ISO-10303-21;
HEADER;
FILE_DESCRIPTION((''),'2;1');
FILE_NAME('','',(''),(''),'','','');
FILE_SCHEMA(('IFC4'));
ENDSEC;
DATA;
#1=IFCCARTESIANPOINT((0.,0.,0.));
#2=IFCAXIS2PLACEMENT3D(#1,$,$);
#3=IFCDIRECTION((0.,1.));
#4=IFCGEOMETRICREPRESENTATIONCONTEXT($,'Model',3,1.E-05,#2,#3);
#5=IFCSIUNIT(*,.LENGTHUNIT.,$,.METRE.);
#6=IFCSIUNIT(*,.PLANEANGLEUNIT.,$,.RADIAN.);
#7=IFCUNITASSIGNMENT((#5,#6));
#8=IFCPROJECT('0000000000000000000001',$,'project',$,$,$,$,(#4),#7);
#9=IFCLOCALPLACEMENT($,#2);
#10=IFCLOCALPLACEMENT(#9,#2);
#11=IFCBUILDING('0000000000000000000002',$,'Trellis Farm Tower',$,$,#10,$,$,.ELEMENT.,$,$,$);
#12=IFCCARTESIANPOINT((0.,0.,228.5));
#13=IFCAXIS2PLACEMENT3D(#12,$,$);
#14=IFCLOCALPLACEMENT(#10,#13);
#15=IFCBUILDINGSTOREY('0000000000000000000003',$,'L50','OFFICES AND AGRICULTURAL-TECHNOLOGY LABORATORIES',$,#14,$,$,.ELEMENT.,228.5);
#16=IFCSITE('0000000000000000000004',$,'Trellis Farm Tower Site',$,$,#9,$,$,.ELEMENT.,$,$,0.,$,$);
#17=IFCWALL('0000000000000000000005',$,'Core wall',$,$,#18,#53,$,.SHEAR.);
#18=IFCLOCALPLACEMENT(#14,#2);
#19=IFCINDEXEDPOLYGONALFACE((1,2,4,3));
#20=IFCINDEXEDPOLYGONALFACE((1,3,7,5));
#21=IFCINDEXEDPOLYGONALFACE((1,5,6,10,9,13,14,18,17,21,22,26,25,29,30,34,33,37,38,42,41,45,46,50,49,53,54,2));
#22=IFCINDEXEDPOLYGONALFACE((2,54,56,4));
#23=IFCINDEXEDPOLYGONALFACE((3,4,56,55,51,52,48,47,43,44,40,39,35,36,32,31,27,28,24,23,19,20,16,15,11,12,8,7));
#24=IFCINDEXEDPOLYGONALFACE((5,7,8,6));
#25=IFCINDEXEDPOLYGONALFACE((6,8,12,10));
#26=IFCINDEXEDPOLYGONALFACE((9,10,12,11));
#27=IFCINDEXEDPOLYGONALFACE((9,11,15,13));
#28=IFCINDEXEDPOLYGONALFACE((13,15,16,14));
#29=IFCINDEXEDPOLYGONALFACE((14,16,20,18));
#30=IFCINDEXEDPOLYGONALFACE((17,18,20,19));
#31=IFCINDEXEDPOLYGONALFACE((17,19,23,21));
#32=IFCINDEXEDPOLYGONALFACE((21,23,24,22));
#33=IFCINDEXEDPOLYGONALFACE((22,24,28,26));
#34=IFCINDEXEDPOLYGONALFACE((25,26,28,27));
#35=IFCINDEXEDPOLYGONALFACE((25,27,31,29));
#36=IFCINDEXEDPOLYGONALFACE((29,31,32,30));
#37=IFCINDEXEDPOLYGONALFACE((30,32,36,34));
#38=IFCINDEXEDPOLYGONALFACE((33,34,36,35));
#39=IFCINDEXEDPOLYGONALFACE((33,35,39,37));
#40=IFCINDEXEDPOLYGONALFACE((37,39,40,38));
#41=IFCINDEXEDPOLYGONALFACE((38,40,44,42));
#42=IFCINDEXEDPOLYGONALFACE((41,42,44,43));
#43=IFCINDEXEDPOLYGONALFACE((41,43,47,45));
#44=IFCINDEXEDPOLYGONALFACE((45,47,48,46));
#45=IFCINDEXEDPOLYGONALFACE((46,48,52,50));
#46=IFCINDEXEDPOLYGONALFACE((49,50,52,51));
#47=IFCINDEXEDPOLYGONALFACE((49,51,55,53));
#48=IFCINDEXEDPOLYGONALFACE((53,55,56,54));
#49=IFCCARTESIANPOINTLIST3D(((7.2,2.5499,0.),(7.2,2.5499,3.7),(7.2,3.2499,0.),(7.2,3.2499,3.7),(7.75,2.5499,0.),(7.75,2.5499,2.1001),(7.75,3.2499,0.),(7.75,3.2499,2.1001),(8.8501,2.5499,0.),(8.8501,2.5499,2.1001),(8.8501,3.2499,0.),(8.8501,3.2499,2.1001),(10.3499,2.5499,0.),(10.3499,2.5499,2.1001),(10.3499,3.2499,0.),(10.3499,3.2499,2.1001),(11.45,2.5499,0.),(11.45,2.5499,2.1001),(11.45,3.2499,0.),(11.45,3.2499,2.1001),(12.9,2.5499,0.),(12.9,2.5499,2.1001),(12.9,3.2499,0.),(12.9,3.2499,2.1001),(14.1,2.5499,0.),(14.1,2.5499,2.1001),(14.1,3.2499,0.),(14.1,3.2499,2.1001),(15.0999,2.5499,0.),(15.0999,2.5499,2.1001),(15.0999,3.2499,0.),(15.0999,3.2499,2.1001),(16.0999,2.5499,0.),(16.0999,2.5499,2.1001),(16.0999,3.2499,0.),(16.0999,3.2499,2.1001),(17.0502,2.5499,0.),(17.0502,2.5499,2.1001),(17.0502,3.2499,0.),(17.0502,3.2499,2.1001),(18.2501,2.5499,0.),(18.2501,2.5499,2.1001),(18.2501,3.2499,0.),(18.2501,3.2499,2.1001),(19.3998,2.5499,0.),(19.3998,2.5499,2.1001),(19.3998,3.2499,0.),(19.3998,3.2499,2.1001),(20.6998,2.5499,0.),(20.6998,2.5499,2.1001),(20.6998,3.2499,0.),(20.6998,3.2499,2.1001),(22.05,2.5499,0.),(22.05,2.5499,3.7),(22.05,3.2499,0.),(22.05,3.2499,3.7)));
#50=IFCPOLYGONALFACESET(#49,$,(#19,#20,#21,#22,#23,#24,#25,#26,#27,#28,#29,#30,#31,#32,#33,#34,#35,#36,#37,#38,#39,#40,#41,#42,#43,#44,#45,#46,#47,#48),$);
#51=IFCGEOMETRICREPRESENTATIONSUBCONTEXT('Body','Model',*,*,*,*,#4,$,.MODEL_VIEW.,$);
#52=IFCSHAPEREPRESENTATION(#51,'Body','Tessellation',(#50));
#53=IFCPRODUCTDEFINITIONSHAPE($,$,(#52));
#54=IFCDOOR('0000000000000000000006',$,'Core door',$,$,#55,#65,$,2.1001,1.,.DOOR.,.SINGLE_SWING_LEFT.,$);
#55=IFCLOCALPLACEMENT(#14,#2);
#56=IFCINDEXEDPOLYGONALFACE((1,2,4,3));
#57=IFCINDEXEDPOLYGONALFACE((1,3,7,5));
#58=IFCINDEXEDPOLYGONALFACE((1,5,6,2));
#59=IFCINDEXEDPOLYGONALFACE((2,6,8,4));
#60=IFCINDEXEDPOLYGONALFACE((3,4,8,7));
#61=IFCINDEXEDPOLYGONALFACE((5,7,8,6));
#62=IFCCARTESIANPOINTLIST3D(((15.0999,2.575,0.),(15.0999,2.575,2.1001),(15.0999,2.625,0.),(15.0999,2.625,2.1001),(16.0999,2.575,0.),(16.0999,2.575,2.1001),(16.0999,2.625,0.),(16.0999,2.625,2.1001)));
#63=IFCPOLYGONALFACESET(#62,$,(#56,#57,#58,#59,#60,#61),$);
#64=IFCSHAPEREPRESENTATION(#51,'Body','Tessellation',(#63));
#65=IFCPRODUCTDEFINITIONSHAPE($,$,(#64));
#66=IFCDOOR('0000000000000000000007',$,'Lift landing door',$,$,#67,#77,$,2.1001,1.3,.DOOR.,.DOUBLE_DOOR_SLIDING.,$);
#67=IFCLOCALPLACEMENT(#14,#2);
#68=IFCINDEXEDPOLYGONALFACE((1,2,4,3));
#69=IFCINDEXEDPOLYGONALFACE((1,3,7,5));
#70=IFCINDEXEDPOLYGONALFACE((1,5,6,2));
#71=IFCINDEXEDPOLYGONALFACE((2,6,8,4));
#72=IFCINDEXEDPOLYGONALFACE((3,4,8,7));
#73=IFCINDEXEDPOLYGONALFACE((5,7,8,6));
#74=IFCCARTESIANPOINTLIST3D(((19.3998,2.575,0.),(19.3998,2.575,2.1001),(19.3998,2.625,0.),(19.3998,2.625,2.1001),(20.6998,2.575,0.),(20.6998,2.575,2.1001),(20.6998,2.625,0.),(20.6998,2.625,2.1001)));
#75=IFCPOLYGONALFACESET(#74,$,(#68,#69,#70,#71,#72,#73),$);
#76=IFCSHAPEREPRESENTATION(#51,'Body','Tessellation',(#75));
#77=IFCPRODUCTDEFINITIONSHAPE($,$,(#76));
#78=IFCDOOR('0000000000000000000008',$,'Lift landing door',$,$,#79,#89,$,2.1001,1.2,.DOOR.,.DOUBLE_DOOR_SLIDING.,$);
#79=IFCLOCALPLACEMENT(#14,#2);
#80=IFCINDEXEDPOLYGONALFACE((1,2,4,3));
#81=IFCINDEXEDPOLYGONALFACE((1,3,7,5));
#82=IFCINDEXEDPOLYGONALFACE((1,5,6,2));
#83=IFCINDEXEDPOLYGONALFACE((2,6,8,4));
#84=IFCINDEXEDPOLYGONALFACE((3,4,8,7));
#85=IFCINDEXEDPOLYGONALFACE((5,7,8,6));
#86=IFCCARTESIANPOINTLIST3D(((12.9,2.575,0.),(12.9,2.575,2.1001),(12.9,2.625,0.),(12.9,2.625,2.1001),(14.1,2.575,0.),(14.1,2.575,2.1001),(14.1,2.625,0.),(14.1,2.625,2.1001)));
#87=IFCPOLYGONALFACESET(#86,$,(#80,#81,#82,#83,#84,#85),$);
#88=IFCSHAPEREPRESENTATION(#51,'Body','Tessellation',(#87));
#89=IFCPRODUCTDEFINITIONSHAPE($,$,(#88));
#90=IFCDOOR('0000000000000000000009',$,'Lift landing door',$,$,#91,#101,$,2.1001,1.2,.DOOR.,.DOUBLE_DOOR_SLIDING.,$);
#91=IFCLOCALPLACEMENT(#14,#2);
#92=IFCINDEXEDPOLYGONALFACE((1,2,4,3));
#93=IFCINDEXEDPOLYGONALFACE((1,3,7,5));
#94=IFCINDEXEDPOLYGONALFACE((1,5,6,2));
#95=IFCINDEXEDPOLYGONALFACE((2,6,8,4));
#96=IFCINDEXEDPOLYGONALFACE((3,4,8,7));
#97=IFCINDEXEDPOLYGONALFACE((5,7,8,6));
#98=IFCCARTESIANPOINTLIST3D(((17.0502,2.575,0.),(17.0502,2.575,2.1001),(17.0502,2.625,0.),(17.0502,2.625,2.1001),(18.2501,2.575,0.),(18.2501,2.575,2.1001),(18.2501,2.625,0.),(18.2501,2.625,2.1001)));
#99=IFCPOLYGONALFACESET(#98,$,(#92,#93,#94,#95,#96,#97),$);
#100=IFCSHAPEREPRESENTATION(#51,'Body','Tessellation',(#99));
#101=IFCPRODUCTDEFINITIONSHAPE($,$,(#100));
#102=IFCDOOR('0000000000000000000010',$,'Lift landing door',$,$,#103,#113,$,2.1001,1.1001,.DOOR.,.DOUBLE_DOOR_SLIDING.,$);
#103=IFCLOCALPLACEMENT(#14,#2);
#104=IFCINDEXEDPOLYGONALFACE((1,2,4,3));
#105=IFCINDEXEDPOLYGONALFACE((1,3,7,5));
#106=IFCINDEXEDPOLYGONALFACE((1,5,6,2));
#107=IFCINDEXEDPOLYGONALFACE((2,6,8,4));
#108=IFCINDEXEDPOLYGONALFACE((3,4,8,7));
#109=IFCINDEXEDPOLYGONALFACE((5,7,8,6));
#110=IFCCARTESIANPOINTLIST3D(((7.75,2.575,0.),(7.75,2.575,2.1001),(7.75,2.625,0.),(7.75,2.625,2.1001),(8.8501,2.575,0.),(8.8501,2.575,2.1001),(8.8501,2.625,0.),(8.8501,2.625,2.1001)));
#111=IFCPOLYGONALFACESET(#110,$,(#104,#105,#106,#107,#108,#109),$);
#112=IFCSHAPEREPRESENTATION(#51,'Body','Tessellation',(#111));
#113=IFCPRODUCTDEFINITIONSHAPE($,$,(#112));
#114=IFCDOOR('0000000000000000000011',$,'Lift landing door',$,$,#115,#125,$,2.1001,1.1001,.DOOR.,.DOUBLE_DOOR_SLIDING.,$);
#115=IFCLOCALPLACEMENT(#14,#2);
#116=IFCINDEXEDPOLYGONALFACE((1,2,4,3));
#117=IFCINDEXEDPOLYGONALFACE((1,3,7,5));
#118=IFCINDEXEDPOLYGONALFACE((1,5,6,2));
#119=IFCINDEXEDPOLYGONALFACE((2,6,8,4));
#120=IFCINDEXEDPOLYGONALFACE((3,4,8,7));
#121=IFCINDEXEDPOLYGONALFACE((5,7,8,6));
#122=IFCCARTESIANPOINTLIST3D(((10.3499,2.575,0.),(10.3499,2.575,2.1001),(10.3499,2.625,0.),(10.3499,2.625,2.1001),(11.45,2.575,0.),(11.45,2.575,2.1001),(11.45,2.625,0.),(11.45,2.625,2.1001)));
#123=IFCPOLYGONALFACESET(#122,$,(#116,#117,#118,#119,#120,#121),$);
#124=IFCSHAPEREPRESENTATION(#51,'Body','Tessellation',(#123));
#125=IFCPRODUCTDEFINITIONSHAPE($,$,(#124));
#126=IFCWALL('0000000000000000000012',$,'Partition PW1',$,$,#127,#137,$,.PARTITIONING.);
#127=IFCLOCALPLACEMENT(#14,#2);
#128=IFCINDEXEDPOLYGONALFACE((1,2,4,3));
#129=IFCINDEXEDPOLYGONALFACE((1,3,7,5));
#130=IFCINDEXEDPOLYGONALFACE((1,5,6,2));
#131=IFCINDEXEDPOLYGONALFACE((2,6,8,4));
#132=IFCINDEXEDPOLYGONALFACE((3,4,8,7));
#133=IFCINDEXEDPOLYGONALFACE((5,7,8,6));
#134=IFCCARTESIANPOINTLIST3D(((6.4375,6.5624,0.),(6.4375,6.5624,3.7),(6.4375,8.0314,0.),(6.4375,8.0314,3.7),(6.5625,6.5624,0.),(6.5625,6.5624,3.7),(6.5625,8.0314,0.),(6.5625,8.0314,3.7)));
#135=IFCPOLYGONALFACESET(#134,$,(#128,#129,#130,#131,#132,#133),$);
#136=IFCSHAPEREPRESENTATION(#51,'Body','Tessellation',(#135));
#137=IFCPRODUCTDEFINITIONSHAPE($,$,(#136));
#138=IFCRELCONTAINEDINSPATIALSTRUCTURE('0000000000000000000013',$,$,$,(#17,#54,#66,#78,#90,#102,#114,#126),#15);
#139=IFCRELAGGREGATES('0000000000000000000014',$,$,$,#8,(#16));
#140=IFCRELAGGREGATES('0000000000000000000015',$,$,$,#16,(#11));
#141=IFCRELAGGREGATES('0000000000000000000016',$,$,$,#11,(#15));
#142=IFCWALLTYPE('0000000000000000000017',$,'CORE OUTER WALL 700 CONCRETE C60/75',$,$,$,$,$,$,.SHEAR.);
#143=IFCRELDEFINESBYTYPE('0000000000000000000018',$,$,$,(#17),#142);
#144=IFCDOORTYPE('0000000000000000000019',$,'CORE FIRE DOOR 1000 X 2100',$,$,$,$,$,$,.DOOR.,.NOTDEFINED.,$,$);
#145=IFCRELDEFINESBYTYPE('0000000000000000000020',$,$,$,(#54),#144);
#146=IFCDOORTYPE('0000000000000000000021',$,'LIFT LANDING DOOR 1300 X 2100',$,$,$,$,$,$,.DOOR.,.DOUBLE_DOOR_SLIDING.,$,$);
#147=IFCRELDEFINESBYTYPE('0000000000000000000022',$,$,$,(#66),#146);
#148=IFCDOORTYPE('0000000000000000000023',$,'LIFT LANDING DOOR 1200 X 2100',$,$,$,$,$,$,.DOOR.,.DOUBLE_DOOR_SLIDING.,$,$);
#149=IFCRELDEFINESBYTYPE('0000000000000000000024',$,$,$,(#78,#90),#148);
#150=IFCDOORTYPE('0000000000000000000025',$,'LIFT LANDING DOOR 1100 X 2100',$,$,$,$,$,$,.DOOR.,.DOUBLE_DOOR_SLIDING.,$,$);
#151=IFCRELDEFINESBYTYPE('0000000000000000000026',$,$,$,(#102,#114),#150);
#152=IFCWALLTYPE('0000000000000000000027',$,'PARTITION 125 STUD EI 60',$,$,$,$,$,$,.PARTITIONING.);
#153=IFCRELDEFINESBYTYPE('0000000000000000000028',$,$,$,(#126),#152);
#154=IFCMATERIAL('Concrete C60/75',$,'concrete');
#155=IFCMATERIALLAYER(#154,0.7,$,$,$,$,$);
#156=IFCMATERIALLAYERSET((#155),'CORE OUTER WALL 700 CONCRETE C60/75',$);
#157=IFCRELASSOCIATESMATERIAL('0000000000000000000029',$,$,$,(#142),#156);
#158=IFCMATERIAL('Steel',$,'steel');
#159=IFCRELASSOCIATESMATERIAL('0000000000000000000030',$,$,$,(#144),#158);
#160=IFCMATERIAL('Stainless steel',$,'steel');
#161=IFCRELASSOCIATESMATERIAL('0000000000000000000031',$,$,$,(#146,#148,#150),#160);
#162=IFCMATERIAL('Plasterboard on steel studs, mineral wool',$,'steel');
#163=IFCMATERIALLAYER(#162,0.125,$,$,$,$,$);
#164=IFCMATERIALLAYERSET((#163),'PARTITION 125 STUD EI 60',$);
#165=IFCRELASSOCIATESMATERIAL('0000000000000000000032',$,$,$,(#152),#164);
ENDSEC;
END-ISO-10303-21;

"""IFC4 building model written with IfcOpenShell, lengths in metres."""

from ifc_helpers import new_model, si_unit, direction, frame, frame_2d, origin, place, context, subcontext, project, spatial, rectangle, extrude, source, transform, mapped, material, layer, layer_set, type_object, element, fill, save


model = new_model("IFC4")

# Units and contexts
model_context = context("Model", 3, precision=1e-05, world=origin(), true_north=direction((0.0, 1.0)))
body_context = subcontext(model_context, "Body", "Model", "MODEL_VIEW")
ifc_project = project(units=[si_unit("LENGTHUNIT", "METRE"), si_unit("PLANEANGLEUNIT", "RADIAN")], contexts=[model_context])

# Site, building, storey
site_placement = place(None, origin())
site = spatial("IfcSite", under=ifc_project, at=site_placement, Name="Trellis Farm Tower Site", CompositionType="ELEMENT", RefElevation=0.0)
building_placement = place(site_placement, origin())
building = spatial("IfcBuilding", under=site, at=building_placement, Name="Trellis Farm Tower", CompositionType="ELEMENT")
storey_placement = place(building_placement, frame((0.0, 0.0, 228.5)))
storey = spatial("IfcBuildingStorey", under=building, at=storey_placement, Name="L50", Description="OFFICES AND AGRICULTURAL-TECHNOLOGY LABORATORIES", CompositionType="ELEMENT", Elevation=228.5)

# Shared definitions
ifc_material_1 = material(Name="Concrete C60/75", Category="concrete")

# Wall, openings, doors
ifc_layer_1 = layer(ifc_material_1, 0.7)
ifc_layer_set_1 = layer_set([ifc_layer_1], Name="CORE OUTER WALL 700 CONCRETE C60/75")
wall_type_1 = type_object("IfcWallType", Name="CORE OUTER WALL 700 CONCRETE C60/75", PredefinedType="SHEAR", material=ifc_layer_set_1)
shared_shape_1 = source(origin(), body_context, "Body", "SweptSolid", [
    extrude(rectangle(XDim=14.8501, YDim=0.7, at=frame_2d((7.425, 0.0))), origin(), (0.0, 0.0, 1.0), 3.7),
])
wall_1_placement = place(storey_placement, frame((7.2, 2.8999, 0.0), z_axis=(0.0, 0.0, 1.0), x_axis=(1.0, 0.0, 0.0)))
wall_1 = element("IfcWall", 1, at=wall_1_placement, inside=storey, type_object=wall_type_1, Name="Core wall", PredefinedType="SHEAR", context=body_context, shape_type="MappedRepresentation", body=[
    mapped(shared_shape_1, transform((0.0, 0.0, 0.0))),
])
shared_shape_2 = source(origin(), body_context, "Body", "SweptSolid", [
    extrude(rectangle(XDim=1.1001, YDim=2.1001, at=frame_2d((0.55, 1.05))), frame((0.0, 0.3601, 0.0), z_axis=(0.0, -1.0, 0.0), x_axis=(1.0, 0.0, 0.0)), (0.0, 0.0, 1.0), 0.7202),
])
opening_1_placement = place(wall_1_placement, frame((0.55, 0.0, 0.0)))
opening_1 = element("IfcOpeningElement", 2, at=opening_1_placement, cuts=wall_1, PredefinedType="OPENING", context=body_context, shape_type="MappedRepresentation", body=[
    mapped(shared_shape_2, transform((0.0, 0.0, 0.0))),
])
opening_2_placement = place(wall_1_placement, frame((3.1499, 0.0, 0.0)))
opening_2 = element("IfcOpeningElement", 3, at=opening_2_placement, cuts=wall_1, PredefinedType="OPENING", context=body_context, shape_type="MappedRepresentation", body=[
    mapped(shared_shape_2, transform((0.0, 0.0, 0.0))),
])
shared_shape_3 = source(origin(), body_context, "Body", "SweptSolid", [
    extrude(rectangle(XDim=1.2, YDim=2.1001, at=frame_2d((0.6001, 1.05))), frame((0.0, 0.3601, 0.0), z_axis=(0.0, -1.0, 0.0), x_axis=(1.0, 0.0, 0.0)), (0.0, 0.0, 1.0), 0.7202),
])
opening_3_placement = place(wall_1_placement, frame((5.7, 0.0, 0.0)))
opening_3 = element("IfcOpeningElement", 4, at=opening_3_placement, cuts=wall_1, PredefinedType="OPENING", context=body_context, shape_type="MappedRepresentation", body=[
    mapped(shared_shape_3, transform((0.0, 0.0, 0.0))),
])
shared_shape_4 = source(origin(), body_context, "Body", "SweptSolid", [
    extrude(rectangle(XDim=1.3, YDim=2.1001, at=frame_2d((0.6499, 1.05))), frame((0.0, 0.3601, 0.0), z_axis=(0.0, -1.0, 0.0), x_axis=(1.0, 0.0, 0.0)), (0.0, 0.0, 1.0), 0.7202),
])
opening_4_placement = place(wall_1_placement, frame((12.2, 0.0, 0.0)))
opening_4 = element("IfcOpeningElement", 5, at=opening_4_placement, cuts=wall_1, PredefinedType="OPENING", context=body_context, shape_type="MappedRepresentation", body=[
    mapped(shared_shape_4, transform((0.0, 0.0, 0.0))),
])
opening_5_placement = place(wall_1_placement, frame((9.8501, 0.0, 0.0)))
opening_5 = element("IfcOpeningElement", 6, at=opening_5_placement, cuts=wall_1, PredefinedType="OPENING", context=body_context, shape_type="MappedRepresentation", body=[
    mapped(shared_shape_3, transform((0.0, 0.0, 0.0))),
])
shared_shape_5 = source(origin(), body_context, "Body", "SweptSolid", [
    extrude(rectangle(XDim=1.0, YDim=2.1001, at=frame_2d((0.5, 1.05))), frame((0.0, 0.3601, 0.0), z_axis=(0.0, -1.0, 0.0), x_axis=(1.0, 0.0, 0.0)), (0.0, 0.0, 1.0), 0.7202),
])
opening_6_placement = place(wall_1_placement, frame((7.8999, 0.0, 0.0)))
opening_6 = element("IfcOpeningElement", 7, at=opening_6_placement, cuts=wall_1, PredefinedType="OPENING", context=body_context, shape_type="MappedRepresentation", body=[
    mapped(shared_shape_5, transform((0.0, 0.0, 0.0))),
])
ifc_material_2 = material(Name="Steel", Category="steel")
door_type_1 = type_object("IfcDoorType", Name="CORE FIRE DOOR 1000 X 2100", OperationType="NOTDEFINED", PredefinedType="DOOR", material=ifc_material_2)
shared_shape_6 = source(origin(), body_context, "Body", "SweptSolid", [
    extrude(rectangle(XDim=1.0, YDim=2.1001, at=frame_2d((0.5, 1.05))), frame((0.0, -0.2749, 0.0), z_axis=(0.0, -1.0, 0.0), x_axis=(1.0, 0.0, 0.0)), (0.0, 0.0, 1.0), 0.05),
])
door_1_placement = place(opening_6_placement, origin())
door_1 = element("IfcDoor", 8, at=door_1_placement, inside=storey, type_object=door_type_1, Name="Core door", OperationType="SINGLE_SWING_LEFT", OverallHeight=2.1001, OverallWidth=1.0, PredefinedType="DOOR", context=body_context, shape_type="MappedRepresentation", body=[
    mapped(shared_shape_6, transform((0.0, 0.0, 0.0))),
])
fill(opening_6, door_1)
ifc_material_3 = material(Name="Stainless steel", Category="steel")
door_type_2 = type_object("IfcDoorType", Name="LIFT LANDING DOOR 1300 X 2100", OperationType="DOUBLE_DOOR_SLIDING", PredefinedType="DOOR", material=ifc_material_3)
shared_shape_7 = source(origin(), body_context, "Body", "SweptSolid", [
    extrude(rectangle(XDim=1.3, YDim=2.1001, at=frame_2d((0.6499, 1.05))), frame((0.0, -0.2749, 0.0), z_axis=(0.0, -1.0, 0.0), x_axis=(1.0, 0.0, 0.0)), (0.0, 0.0, 1.0), 0.05),
])
door_2_placement = place(opening_4_placement, origin())
door_2 = element("IfcDoor", 9, at=door_2_placement, inside=storey, type_object=door_type_2, Name="Lift landing door", OperationType="DOUBLE_DOOR_SLIDING", OverallHeight=2.1001, OverallWidth=1.3, PredefinedType="DOOR", context=body_context, shape_type="MappedRepresentation", body=[
    mapped(shared_shape_7, transform((0.0, 0.0, 0.0))),
])
fill(opening_4, door_2)
door_type_3 = type_object("IfcDoorType", Name="LIFT LANDING DOOR 1200 X 2100", OperationType="DOUBLE_DOOR_SLIDING", PredefinedType="DOOR", material=ifc_material_3)
shared_shape_8 = source(origin(), body_context, "Body", "SweptSolid", [
    extrude(rectangle(XDim=1.2, YDim=2.1001, at=frame_2d((0.6001, 1.05))), frame((0.0, -0.2749, 0.0), z_axis=(0.0, -1.0, 0.0), x_axis=(1.0, 0.0, 0.0)), (0.0, 0.0, 1.0), 0.05),
])
door_3_placement = place(opening_3_placement, origin())
door_3 = element("IfcDoor", 10, at=door_3_placement, inside=storey, type_object=door_type_3, Name="Lift landing door", OperationType="DOUBLE_DOOR_SLIDING", OverallHeight=2.1001, OverallWidth=1.2, PredefinedType="DOOR", context=body_context, shape_type="MappedRepresentation", body=[
    mapped(shared_shape_8, transform((0.0, 0.0, 0.0))),
])
fill(opening_3, door_3)
door_4_placement = place(opening_5_placement, origin())
door_4 = element("IfcDoor", 11, at=door_4_placement, inside=storey, type_object=door_type_3, Name="Lift landing door", OperationType="DOUBLE_DOOR_SLIDING", OverallHeight=2.1001, OverallWidth=1.2, PredefinedType="DOOR", context=body_context, shape_type="MappedRepresentation", body=[
    mapped(shared_shape_8, transform((0.0, 0.0, 0.0))),
])
fill(opening_5, door_4)
door_type_4 = type_object("IfcDoorType", Name="LIFT LANDING DOOR 1100 X 2100", OperationType="DOUBLE_DOOR_SLIDING", PredefinedType="DOOR", material=ifc_material_3)
shared_shape_9 = source(origin(), body_context, "Body", "SweptSolid", [
    extrude(rectangle(XDim=1.1001, YDim=2.1001, at=frame_2d((0.55, 1.05))), frame((0.0, -0.2749, 0.0), z_axis=(0.0, -1.0, 0.0), x_axis=(1.0, 0.0, 0.0)), (0.0, 0.0, 1.0), 0.05),
])
door_5_placement = place(opening_1_placement, origin())
door_5 = element("IfcDoor", 12, at=door_5_placement, inside=storey, type_object=door_type_4, Name="Lift landing door", OperationType="DOUBLE_DOOR_SLIDING", OverallHeight=2.1001, OverallWidth=1.1001, PredefinedType="DOOR", context=body_context, shape_type="MappedRepresentation", body=[
    mapped(shared_shape_9, transform((0.0, 0.0, 0.0))),
])
fill(opening_1, door_5)
door_6_placement = place(opening_2_placement, origin())
door_6 = element("IfcDoor", 13, at=door_6_placement, inside=storey, type_object=door_type_4, Name="Lift landing door", OperationType="DOUBLE_DOOR_SLIDING", OverallHeight=2.1001, OverallWidth=1.1001, PredefinedType="DOOR", context=body_context, shape_type="MappedRepresentation", body=[
    mapped(shared_shape_9, transform((0.0, 0.0, 0.0))),
])
fill(opening_2, door_6)

# Wall
ifc_material_4 = material(Name="Plasterboard on steel studs, mineral wool", Category="steel")
ifc_layer_2 = layer(ifc_material_4, 0.125)
ifc_layer_set_2 = layer_set([ifc_layer_2], Name="PARTITION 125 STUD EI 60")
wall_type_2 = type_object("IfcWallType", Name="PARTITION 125 STUD EI 60", PredefinedType="PARTITIONING", material=ifc_layer_set_2)
shared_shape_10 = source(origin(), body_context, "Body", "SweptSolid", [
    extrude(rectangle(XDim=1.469, YDim=0.125, at=frame_2d((0.7344, 0.0))), origin(), (0.0, 0.0, 1.0), 3.7),
])
wall_2_placement = place(storey_placement, frame((6.5, 6.5625, 0.0), z_axis=(0.0, 0.0, 1.0), x_axis=(0.0, 1.0, 0.0)))
element("IfcWall", 14, at=wall_2_placement, inside=storey, type_object=wall_type_2, Name="Partition PW1", PredefinedType="PARTITIONING", context=body_context, shape_type="MappedRepresentation", body=[
    mapped(shared_shape_10, transform((0.0, 0.0, 0.0))),
])

save(model, "model.ifc")
